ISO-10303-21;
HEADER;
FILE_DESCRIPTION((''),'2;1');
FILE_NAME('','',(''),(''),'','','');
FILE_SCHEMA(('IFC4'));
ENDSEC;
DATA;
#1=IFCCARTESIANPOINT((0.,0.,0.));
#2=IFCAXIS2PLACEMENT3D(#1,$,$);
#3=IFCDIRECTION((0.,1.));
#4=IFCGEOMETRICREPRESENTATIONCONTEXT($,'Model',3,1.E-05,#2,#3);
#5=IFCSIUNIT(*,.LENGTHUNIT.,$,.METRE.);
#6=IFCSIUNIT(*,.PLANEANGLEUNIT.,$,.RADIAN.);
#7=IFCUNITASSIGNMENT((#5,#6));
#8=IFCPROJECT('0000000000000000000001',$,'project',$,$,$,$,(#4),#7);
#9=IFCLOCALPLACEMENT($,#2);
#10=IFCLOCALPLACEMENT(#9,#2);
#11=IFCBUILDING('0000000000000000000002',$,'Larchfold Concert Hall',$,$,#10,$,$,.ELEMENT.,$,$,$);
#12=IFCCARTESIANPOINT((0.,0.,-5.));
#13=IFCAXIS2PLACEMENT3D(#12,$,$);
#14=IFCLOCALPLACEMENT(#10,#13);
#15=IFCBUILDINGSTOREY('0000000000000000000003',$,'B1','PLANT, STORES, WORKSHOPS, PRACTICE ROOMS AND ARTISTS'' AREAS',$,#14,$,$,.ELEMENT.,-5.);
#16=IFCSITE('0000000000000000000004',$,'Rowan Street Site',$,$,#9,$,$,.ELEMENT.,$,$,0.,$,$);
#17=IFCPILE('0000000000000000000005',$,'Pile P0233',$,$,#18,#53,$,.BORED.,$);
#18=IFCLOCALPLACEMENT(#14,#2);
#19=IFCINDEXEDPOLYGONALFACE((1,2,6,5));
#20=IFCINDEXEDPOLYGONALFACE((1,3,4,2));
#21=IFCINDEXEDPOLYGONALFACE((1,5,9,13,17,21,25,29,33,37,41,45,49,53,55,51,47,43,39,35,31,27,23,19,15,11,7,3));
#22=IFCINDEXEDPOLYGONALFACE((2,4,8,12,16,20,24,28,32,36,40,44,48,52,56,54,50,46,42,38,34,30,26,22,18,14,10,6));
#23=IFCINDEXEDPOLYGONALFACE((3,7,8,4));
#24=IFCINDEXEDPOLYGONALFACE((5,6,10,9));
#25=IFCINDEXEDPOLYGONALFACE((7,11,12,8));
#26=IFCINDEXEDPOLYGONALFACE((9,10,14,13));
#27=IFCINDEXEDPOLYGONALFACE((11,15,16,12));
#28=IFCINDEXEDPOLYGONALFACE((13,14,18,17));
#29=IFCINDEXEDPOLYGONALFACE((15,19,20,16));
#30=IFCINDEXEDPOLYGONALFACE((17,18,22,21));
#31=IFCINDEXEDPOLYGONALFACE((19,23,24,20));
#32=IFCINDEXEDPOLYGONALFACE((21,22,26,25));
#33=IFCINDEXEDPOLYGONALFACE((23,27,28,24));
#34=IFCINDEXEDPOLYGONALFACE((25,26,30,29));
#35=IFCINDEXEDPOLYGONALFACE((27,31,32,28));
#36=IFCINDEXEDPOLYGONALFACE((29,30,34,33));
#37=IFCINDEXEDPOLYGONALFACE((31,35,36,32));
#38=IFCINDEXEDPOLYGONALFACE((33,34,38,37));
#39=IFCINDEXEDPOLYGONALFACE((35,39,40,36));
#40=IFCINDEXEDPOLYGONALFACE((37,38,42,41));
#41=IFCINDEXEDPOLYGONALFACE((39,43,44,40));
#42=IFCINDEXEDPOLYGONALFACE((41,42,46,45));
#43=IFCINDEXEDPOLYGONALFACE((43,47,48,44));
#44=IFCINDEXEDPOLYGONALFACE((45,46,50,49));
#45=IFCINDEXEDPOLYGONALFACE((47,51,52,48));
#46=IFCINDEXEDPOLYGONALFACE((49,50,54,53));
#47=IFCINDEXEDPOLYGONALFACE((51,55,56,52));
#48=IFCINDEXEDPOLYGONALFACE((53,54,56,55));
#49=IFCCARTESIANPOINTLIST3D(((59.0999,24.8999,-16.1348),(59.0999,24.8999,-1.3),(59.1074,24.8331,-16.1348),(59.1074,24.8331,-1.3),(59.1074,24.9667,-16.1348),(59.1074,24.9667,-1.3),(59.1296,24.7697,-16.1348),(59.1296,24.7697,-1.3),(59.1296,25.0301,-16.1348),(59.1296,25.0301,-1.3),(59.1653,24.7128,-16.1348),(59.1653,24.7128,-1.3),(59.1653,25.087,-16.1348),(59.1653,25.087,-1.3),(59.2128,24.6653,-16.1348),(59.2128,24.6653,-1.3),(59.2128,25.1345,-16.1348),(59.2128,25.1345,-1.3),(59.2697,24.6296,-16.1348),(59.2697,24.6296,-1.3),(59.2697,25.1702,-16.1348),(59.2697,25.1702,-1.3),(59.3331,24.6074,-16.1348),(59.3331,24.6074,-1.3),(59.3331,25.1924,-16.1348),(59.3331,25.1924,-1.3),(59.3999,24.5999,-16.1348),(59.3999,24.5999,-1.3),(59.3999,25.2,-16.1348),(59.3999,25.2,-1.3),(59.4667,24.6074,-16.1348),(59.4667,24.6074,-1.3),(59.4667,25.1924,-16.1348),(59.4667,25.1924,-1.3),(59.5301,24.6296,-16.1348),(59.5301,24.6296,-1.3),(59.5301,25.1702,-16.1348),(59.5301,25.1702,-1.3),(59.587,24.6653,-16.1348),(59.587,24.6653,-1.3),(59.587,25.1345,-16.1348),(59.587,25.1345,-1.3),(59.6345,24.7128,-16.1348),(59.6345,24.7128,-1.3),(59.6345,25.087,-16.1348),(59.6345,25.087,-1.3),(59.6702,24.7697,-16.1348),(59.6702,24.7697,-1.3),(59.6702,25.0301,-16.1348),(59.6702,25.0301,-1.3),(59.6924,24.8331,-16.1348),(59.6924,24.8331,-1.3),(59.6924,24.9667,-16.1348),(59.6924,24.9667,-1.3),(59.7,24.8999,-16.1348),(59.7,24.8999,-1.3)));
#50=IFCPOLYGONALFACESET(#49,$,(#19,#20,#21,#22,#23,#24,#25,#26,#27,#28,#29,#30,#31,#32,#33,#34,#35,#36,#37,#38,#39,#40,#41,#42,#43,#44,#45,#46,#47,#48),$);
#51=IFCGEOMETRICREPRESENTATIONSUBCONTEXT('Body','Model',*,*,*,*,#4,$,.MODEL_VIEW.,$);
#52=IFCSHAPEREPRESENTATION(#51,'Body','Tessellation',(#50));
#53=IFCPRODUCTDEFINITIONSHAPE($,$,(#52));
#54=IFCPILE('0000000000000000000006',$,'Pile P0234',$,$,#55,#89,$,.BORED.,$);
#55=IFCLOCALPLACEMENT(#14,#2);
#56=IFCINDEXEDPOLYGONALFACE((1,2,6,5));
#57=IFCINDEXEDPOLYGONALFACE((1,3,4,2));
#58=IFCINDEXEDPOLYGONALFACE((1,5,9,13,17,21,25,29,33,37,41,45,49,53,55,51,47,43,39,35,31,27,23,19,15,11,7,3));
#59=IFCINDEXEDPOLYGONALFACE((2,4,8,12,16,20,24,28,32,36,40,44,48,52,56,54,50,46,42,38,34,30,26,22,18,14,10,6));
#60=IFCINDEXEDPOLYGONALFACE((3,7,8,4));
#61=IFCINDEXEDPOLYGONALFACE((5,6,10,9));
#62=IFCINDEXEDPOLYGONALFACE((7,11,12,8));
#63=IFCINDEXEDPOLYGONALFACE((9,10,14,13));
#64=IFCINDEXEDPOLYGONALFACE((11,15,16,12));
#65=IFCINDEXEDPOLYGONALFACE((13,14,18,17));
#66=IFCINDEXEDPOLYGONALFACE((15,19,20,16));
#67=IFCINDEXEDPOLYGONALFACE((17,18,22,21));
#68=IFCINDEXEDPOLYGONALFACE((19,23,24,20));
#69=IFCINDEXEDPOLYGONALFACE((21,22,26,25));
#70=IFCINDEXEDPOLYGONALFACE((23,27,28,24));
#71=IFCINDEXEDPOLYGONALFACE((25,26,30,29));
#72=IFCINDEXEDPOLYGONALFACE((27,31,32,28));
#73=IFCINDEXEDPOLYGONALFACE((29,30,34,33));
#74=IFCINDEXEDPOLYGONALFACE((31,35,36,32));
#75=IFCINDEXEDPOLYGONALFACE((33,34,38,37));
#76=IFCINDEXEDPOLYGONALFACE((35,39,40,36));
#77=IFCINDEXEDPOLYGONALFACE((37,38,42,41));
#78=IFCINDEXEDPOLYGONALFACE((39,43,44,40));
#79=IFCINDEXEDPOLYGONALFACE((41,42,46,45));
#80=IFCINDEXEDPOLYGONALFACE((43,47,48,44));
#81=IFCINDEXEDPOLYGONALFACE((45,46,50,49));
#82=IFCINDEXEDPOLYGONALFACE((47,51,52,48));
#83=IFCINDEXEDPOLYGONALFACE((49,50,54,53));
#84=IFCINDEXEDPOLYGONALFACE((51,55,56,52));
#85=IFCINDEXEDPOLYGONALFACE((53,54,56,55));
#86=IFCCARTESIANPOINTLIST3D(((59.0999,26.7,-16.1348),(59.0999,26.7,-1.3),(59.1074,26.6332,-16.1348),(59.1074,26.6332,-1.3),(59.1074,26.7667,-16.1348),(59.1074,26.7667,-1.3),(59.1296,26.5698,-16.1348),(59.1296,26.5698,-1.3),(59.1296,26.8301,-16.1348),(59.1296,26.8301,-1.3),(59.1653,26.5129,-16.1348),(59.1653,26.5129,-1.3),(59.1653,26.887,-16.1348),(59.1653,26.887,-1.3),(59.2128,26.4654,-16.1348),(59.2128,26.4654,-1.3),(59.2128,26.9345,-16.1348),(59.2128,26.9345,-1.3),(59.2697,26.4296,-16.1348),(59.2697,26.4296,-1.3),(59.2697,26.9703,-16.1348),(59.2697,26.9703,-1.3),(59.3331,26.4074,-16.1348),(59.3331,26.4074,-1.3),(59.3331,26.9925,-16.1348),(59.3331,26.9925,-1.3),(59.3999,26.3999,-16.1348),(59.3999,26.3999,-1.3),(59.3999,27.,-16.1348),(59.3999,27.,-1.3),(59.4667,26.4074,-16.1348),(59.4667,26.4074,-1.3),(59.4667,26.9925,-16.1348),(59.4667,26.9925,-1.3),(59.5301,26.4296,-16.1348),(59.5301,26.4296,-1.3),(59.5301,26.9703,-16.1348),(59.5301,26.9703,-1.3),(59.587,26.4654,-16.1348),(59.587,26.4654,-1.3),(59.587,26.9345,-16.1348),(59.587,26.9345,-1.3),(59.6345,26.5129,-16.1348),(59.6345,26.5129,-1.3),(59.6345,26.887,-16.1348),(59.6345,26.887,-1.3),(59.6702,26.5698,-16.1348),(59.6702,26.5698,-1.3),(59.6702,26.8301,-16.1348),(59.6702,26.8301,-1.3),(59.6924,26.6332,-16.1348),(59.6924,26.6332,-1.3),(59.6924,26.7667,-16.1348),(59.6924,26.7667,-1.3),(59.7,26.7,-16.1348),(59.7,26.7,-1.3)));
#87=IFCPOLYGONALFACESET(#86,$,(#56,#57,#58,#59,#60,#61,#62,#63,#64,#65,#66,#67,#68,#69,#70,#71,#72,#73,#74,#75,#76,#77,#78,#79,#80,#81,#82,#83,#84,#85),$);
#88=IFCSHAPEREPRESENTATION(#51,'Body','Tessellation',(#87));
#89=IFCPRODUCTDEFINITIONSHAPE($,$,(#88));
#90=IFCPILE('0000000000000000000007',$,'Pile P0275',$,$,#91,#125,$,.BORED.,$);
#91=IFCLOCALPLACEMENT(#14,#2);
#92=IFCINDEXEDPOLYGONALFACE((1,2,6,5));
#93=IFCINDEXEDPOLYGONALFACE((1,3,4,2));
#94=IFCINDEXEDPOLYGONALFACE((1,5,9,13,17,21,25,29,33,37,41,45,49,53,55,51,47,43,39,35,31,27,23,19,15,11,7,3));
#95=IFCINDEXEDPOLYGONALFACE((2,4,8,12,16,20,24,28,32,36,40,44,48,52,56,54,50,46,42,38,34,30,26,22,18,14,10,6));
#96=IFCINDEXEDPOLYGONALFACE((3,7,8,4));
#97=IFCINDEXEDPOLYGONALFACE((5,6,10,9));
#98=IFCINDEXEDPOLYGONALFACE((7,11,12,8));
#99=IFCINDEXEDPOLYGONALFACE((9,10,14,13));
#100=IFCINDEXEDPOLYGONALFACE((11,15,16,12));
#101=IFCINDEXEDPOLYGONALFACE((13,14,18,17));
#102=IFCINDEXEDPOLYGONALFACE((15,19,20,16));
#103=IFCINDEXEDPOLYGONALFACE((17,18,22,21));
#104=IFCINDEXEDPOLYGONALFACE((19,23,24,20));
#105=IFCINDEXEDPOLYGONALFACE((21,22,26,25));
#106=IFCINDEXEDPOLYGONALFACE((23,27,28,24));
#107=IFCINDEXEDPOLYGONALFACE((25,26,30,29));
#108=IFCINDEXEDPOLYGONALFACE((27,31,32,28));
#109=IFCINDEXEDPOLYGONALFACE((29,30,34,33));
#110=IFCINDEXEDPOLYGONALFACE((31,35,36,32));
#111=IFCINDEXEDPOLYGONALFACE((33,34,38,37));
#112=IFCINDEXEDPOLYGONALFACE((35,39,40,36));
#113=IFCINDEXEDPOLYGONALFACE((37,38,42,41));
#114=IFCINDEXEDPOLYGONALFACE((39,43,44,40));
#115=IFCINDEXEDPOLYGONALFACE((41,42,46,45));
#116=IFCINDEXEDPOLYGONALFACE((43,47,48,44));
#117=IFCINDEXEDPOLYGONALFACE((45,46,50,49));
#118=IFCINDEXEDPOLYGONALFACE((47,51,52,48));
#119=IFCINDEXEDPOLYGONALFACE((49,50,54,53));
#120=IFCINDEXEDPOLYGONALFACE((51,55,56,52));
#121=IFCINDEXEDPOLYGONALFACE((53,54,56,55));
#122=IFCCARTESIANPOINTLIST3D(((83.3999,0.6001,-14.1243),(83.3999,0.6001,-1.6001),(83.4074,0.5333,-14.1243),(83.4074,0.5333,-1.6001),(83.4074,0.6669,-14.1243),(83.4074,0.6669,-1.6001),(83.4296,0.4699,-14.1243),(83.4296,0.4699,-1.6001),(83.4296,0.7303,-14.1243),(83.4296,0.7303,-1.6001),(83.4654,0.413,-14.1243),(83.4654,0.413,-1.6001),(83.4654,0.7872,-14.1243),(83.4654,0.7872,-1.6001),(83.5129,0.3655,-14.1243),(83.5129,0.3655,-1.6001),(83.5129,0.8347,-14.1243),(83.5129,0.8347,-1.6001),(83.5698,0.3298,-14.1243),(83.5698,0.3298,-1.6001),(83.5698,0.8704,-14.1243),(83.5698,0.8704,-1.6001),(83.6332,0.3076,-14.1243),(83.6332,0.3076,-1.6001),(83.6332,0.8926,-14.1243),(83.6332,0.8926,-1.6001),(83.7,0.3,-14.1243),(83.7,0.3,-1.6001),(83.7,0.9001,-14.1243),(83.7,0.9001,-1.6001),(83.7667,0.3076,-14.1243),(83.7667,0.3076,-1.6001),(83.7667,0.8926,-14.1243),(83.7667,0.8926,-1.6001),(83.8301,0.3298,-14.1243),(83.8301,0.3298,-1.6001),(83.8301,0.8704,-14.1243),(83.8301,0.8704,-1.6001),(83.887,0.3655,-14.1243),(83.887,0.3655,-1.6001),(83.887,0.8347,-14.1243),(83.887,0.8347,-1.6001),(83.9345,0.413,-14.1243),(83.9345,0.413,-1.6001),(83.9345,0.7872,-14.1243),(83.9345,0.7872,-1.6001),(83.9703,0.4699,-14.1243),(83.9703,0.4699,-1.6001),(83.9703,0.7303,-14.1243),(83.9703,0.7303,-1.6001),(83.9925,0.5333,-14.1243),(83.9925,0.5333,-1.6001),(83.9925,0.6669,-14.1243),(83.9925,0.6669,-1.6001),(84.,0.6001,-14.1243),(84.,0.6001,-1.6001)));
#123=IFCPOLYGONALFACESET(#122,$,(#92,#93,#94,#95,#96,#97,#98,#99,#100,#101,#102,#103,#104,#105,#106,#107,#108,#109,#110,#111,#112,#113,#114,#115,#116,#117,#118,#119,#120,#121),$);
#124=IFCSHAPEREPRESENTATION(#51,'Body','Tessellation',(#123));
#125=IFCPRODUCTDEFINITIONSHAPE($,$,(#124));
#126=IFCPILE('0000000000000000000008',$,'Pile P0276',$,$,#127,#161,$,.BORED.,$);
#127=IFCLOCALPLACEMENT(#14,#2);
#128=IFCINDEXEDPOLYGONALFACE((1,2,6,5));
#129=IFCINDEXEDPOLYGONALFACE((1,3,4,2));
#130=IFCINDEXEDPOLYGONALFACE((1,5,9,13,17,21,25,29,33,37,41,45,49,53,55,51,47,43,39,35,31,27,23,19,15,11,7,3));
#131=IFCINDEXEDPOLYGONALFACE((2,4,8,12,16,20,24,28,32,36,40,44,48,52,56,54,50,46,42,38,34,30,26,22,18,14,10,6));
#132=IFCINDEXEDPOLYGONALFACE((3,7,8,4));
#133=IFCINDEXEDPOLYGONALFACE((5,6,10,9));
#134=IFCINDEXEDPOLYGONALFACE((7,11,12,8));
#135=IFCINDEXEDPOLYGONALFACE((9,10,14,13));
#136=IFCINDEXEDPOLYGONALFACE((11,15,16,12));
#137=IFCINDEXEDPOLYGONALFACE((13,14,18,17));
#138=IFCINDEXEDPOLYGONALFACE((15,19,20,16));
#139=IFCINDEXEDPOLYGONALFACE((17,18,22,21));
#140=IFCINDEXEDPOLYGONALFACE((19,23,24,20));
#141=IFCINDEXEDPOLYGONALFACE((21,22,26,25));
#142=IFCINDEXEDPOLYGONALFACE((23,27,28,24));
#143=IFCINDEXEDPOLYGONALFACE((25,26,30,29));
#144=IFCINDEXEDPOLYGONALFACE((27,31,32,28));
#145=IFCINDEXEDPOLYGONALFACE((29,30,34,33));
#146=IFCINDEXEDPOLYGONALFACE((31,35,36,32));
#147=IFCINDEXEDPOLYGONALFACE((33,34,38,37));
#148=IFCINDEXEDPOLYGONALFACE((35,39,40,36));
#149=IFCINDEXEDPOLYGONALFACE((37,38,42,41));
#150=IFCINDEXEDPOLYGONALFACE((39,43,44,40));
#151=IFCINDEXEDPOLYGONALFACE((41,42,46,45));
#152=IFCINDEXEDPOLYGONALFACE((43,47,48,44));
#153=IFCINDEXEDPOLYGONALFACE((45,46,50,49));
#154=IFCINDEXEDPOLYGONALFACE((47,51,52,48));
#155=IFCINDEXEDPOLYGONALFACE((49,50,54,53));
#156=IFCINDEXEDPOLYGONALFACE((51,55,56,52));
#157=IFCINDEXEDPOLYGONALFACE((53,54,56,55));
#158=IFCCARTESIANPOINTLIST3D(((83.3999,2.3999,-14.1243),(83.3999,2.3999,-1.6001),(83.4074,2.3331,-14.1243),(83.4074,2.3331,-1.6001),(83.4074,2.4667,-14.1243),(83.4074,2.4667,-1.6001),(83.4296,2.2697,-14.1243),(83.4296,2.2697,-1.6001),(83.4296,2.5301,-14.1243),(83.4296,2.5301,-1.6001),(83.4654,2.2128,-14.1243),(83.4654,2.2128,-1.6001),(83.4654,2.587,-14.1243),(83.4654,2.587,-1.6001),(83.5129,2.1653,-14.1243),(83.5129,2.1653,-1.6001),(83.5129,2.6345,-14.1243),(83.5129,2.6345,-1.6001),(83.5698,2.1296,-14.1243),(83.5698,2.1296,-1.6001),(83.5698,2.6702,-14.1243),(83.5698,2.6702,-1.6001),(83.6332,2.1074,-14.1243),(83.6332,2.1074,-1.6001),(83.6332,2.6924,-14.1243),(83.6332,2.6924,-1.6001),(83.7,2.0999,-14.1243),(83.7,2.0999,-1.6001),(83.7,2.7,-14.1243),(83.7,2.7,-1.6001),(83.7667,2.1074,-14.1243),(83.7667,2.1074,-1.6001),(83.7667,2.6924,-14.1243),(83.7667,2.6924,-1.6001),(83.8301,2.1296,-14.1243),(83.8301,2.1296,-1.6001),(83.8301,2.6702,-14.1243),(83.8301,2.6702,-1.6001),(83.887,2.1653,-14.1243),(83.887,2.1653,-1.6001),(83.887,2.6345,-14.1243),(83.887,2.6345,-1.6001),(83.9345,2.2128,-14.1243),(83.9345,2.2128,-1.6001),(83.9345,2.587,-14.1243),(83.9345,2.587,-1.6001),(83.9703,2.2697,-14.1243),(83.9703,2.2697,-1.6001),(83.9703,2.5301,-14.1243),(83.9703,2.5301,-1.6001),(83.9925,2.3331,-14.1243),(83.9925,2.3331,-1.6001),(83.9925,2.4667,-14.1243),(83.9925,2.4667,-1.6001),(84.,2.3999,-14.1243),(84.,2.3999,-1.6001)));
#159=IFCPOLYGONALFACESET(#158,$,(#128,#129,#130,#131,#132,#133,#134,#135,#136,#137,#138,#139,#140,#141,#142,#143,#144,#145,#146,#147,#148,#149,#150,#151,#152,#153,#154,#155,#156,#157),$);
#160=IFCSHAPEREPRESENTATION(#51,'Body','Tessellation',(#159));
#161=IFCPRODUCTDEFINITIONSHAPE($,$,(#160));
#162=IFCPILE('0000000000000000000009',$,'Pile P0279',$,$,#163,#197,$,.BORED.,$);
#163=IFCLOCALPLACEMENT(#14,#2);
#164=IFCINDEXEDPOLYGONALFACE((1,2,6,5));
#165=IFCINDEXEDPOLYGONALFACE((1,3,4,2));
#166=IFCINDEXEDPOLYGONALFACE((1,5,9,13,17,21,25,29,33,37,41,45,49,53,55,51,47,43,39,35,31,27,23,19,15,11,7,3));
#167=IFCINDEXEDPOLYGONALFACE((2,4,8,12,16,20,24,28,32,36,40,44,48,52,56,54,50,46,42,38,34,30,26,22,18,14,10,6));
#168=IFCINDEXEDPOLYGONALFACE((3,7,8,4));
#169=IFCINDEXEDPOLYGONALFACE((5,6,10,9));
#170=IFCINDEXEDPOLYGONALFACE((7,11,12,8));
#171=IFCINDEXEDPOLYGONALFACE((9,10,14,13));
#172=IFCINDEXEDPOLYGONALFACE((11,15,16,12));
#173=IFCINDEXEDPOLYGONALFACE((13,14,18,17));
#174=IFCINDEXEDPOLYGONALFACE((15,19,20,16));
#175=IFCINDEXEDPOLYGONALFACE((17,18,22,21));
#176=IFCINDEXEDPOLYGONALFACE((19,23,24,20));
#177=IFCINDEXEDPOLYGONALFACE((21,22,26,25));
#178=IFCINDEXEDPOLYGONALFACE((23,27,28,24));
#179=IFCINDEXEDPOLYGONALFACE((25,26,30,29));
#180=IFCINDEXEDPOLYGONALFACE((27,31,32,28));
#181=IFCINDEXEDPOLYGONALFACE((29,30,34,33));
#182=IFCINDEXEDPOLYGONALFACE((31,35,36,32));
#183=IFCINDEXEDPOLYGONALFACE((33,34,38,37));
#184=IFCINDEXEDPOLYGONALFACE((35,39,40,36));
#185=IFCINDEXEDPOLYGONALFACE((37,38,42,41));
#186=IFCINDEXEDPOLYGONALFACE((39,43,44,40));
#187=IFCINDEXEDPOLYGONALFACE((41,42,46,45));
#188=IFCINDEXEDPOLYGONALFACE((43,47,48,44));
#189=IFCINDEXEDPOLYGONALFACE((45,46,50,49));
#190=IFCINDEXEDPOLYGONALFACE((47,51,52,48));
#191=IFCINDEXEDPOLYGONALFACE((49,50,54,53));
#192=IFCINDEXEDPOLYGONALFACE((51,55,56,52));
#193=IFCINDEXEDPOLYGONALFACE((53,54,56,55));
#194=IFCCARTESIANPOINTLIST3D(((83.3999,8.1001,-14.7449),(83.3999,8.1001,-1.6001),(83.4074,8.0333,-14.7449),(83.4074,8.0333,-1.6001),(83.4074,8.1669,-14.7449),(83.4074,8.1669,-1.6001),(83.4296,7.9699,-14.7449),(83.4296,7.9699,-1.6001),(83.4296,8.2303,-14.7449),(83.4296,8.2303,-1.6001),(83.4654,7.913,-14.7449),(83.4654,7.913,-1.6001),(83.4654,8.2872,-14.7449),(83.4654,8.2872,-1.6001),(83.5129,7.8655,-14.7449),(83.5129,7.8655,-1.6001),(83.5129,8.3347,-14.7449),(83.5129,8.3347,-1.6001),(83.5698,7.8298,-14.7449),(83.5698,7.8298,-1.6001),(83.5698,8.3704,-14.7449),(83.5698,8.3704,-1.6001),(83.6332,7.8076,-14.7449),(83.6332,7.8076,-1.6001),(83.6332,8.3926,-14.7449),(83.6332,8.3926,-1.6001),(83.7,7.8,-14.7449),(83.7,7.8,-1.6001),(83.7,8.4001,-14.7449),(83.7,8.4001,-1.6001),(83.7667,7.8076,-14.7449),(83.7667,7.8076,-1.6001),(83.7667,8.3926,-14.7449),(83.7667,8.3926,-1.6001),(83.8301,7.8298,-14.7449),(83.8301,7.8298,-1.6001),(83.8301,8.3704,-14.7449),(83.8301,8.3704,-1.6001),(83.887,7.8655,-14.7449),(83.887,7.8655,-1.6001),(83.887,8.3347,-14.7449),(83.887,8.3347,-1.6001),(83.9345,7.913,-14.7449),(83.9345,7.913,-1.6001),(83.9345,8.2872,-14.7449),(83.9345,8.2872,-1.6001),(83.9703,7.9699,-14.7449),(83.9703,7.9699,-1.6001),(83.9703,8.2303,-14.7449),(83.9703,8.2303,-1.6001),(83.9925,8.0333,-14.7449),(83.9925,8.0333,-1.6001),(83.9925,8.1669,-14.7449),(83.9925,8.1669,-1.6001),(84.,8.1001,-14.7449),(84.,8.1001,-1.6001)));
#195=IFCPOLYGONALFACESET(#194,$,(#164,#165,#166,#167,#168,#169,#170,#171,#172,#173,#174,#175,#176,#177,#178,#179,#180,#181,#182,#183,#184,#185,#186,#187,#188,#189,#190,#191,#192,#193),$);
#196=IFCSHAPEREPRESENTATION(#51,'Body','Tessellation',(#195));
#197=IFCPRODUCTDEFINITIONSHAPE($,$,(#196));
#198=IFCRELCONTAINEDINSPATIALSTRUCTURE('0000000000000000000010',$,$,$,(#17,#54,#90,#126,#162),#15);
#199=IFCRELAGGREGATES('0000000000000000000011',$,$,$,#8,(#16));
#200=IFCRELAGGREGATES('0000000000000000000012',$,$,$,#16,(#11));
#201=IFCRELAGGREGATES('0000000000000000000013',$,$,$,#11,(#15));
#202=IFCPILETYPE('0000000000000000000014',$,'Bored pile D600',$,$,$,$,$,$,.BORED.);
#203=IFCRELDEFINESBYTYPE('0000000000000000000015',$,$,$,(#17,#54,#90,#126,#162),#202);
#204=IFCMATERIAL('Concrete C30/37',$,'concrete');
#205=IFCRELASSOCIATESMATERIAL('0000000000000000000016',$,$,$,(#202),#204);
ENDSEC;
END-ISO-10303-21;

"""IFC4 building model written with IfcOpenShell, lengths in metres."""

from ifc_helpers import new_model, si_unit, direction, frame, origin, origin_2d, place, context, subcontext, project, spatial, circle, extrude, material, material_profile, profile_set, type_object, element, save


model = new_model("IFC4")

# Units and contexts
model_context = context("Model", 3, precision=1e-05, world=origin(), true_north=direction((0.0, 1.0)))
body_context = subcontext(model_context, "Body", "Model", "MODEL_VIEW")
ifc_project = project(units=[si_unit("LENGTHUNIT", "METRE"), si_unit("PLANEANGLEUNIT", "RADIAN")], contexts=[model_context])

# Site, building, storey
site_placement = place(None, origin())
site = spatial("IfcSite", under=ifc_project, at=site_placement, Name="Rowan Street Site", CompositionType="ELEMENT", RefElevation=0.0)
building_placement = place(site_placement, origin())
building = spatial("IfcBuilding", under=site, at=building_placement, Name="Larchfold Concert Hall", CompositionType="ELEMENT")
storey_placement = place(building_placement, frame((0.0, 0.0, -5.0)))
storey = spatial("IfcBuildingStorey", under=building, at=storey_placement, Name="B1", Description="PLANT, STORES, WORKSHOPS, PRACTICE ROOMS AND ARTISTS' AREAS", CompositionType="ELEMENT", Elevation=-5.0)

# Piles
ifc_material_1 = material(Name="Concrete C30/37", Category="concrete")
ifc_material_profile_1 = material_profile(ifc_material_1, circle(Radius=0.3, at=origin_2d()))
ifc_profile_set_1 = profile_set([ifc_material_profile_1], Name="Concrete C30/37")
pile_type = type_object("IfcPileType", Name="Bored pile D600", PredefinedType="BORED", material=ifc_profile_set_1)
for number, where, z_axis, x_axis, name in (
    (1, (59.3999, 24.8999, -1.3), (0.0, 0.0, -1.0), (1.0, 0.0, 0.0), "Pile P0233"),
    (2, (59.3999, 26.7, -1.3), (0.0, 0.0, -1.0), (1.0, 0.0, 0.0), "Pile P0234"),
):
    element("IfcPile", number, at=place(storey_placement, frame(where, z_axis=z_axis, x_axis=x_axis)), inside=storey, type_object=pile_type, Name=name, PredefinedType="BORED", context=body_context, shape_type="SweptSolid", body=[
        extrude(circle(Radius=0.3, at=origin_2d()), origin(), (0.0, 0.0, 1.0), 14.8347),
    ])
for number, where, z_axis, x_axis, name in (
    (3, (83.7, 0.6001, -1.6001), (0.0, 0.0, -1.0), (1.0, 0.0, 0.0), "Pile P0275"),
    (4, (83.7, 2.3999, -1.6001), (0.0, 0.0, -1.0), (1.0, 0.0, 0.0), "Pile P0276"),
):
    element("IfcPile", number, at=place(storey_placement, frame(where, z_axis=z_axis, x_axis=x_axis)), inside=storey, type_object=pile_type, Name=name, PredefinedType="BORED", context=body_context, shape_type="SweptSolid", body=[
        extrude(circle(Radius=0.3, at=origin_2d()), origin(), (0.0, 0.0, 1.0), 12.5242),
    ])
for number, where, z_axis, x_axis, name in (
    (5, (83.7, 8.1001, -1.6001), (0.0, 0.0, -1.0), (1.0, 0.0, 0.0), "Pile P0279"),
):
    element("IfcPile", number, at=place(storey_placement, frame(where, z_axis=z_axis, x_axis=x_axis)), inside=storey, type_object=pile_type, Name=name, PredefinedType="BORED", context=body_context, shape_type="SweptSolid", body=[
        extrude(circle(Radius=0.3, at=origin_2d()), origin(), (0.0, 0.0, 1.0), 13.1448),
    ])

save(model, "model.ifc")
